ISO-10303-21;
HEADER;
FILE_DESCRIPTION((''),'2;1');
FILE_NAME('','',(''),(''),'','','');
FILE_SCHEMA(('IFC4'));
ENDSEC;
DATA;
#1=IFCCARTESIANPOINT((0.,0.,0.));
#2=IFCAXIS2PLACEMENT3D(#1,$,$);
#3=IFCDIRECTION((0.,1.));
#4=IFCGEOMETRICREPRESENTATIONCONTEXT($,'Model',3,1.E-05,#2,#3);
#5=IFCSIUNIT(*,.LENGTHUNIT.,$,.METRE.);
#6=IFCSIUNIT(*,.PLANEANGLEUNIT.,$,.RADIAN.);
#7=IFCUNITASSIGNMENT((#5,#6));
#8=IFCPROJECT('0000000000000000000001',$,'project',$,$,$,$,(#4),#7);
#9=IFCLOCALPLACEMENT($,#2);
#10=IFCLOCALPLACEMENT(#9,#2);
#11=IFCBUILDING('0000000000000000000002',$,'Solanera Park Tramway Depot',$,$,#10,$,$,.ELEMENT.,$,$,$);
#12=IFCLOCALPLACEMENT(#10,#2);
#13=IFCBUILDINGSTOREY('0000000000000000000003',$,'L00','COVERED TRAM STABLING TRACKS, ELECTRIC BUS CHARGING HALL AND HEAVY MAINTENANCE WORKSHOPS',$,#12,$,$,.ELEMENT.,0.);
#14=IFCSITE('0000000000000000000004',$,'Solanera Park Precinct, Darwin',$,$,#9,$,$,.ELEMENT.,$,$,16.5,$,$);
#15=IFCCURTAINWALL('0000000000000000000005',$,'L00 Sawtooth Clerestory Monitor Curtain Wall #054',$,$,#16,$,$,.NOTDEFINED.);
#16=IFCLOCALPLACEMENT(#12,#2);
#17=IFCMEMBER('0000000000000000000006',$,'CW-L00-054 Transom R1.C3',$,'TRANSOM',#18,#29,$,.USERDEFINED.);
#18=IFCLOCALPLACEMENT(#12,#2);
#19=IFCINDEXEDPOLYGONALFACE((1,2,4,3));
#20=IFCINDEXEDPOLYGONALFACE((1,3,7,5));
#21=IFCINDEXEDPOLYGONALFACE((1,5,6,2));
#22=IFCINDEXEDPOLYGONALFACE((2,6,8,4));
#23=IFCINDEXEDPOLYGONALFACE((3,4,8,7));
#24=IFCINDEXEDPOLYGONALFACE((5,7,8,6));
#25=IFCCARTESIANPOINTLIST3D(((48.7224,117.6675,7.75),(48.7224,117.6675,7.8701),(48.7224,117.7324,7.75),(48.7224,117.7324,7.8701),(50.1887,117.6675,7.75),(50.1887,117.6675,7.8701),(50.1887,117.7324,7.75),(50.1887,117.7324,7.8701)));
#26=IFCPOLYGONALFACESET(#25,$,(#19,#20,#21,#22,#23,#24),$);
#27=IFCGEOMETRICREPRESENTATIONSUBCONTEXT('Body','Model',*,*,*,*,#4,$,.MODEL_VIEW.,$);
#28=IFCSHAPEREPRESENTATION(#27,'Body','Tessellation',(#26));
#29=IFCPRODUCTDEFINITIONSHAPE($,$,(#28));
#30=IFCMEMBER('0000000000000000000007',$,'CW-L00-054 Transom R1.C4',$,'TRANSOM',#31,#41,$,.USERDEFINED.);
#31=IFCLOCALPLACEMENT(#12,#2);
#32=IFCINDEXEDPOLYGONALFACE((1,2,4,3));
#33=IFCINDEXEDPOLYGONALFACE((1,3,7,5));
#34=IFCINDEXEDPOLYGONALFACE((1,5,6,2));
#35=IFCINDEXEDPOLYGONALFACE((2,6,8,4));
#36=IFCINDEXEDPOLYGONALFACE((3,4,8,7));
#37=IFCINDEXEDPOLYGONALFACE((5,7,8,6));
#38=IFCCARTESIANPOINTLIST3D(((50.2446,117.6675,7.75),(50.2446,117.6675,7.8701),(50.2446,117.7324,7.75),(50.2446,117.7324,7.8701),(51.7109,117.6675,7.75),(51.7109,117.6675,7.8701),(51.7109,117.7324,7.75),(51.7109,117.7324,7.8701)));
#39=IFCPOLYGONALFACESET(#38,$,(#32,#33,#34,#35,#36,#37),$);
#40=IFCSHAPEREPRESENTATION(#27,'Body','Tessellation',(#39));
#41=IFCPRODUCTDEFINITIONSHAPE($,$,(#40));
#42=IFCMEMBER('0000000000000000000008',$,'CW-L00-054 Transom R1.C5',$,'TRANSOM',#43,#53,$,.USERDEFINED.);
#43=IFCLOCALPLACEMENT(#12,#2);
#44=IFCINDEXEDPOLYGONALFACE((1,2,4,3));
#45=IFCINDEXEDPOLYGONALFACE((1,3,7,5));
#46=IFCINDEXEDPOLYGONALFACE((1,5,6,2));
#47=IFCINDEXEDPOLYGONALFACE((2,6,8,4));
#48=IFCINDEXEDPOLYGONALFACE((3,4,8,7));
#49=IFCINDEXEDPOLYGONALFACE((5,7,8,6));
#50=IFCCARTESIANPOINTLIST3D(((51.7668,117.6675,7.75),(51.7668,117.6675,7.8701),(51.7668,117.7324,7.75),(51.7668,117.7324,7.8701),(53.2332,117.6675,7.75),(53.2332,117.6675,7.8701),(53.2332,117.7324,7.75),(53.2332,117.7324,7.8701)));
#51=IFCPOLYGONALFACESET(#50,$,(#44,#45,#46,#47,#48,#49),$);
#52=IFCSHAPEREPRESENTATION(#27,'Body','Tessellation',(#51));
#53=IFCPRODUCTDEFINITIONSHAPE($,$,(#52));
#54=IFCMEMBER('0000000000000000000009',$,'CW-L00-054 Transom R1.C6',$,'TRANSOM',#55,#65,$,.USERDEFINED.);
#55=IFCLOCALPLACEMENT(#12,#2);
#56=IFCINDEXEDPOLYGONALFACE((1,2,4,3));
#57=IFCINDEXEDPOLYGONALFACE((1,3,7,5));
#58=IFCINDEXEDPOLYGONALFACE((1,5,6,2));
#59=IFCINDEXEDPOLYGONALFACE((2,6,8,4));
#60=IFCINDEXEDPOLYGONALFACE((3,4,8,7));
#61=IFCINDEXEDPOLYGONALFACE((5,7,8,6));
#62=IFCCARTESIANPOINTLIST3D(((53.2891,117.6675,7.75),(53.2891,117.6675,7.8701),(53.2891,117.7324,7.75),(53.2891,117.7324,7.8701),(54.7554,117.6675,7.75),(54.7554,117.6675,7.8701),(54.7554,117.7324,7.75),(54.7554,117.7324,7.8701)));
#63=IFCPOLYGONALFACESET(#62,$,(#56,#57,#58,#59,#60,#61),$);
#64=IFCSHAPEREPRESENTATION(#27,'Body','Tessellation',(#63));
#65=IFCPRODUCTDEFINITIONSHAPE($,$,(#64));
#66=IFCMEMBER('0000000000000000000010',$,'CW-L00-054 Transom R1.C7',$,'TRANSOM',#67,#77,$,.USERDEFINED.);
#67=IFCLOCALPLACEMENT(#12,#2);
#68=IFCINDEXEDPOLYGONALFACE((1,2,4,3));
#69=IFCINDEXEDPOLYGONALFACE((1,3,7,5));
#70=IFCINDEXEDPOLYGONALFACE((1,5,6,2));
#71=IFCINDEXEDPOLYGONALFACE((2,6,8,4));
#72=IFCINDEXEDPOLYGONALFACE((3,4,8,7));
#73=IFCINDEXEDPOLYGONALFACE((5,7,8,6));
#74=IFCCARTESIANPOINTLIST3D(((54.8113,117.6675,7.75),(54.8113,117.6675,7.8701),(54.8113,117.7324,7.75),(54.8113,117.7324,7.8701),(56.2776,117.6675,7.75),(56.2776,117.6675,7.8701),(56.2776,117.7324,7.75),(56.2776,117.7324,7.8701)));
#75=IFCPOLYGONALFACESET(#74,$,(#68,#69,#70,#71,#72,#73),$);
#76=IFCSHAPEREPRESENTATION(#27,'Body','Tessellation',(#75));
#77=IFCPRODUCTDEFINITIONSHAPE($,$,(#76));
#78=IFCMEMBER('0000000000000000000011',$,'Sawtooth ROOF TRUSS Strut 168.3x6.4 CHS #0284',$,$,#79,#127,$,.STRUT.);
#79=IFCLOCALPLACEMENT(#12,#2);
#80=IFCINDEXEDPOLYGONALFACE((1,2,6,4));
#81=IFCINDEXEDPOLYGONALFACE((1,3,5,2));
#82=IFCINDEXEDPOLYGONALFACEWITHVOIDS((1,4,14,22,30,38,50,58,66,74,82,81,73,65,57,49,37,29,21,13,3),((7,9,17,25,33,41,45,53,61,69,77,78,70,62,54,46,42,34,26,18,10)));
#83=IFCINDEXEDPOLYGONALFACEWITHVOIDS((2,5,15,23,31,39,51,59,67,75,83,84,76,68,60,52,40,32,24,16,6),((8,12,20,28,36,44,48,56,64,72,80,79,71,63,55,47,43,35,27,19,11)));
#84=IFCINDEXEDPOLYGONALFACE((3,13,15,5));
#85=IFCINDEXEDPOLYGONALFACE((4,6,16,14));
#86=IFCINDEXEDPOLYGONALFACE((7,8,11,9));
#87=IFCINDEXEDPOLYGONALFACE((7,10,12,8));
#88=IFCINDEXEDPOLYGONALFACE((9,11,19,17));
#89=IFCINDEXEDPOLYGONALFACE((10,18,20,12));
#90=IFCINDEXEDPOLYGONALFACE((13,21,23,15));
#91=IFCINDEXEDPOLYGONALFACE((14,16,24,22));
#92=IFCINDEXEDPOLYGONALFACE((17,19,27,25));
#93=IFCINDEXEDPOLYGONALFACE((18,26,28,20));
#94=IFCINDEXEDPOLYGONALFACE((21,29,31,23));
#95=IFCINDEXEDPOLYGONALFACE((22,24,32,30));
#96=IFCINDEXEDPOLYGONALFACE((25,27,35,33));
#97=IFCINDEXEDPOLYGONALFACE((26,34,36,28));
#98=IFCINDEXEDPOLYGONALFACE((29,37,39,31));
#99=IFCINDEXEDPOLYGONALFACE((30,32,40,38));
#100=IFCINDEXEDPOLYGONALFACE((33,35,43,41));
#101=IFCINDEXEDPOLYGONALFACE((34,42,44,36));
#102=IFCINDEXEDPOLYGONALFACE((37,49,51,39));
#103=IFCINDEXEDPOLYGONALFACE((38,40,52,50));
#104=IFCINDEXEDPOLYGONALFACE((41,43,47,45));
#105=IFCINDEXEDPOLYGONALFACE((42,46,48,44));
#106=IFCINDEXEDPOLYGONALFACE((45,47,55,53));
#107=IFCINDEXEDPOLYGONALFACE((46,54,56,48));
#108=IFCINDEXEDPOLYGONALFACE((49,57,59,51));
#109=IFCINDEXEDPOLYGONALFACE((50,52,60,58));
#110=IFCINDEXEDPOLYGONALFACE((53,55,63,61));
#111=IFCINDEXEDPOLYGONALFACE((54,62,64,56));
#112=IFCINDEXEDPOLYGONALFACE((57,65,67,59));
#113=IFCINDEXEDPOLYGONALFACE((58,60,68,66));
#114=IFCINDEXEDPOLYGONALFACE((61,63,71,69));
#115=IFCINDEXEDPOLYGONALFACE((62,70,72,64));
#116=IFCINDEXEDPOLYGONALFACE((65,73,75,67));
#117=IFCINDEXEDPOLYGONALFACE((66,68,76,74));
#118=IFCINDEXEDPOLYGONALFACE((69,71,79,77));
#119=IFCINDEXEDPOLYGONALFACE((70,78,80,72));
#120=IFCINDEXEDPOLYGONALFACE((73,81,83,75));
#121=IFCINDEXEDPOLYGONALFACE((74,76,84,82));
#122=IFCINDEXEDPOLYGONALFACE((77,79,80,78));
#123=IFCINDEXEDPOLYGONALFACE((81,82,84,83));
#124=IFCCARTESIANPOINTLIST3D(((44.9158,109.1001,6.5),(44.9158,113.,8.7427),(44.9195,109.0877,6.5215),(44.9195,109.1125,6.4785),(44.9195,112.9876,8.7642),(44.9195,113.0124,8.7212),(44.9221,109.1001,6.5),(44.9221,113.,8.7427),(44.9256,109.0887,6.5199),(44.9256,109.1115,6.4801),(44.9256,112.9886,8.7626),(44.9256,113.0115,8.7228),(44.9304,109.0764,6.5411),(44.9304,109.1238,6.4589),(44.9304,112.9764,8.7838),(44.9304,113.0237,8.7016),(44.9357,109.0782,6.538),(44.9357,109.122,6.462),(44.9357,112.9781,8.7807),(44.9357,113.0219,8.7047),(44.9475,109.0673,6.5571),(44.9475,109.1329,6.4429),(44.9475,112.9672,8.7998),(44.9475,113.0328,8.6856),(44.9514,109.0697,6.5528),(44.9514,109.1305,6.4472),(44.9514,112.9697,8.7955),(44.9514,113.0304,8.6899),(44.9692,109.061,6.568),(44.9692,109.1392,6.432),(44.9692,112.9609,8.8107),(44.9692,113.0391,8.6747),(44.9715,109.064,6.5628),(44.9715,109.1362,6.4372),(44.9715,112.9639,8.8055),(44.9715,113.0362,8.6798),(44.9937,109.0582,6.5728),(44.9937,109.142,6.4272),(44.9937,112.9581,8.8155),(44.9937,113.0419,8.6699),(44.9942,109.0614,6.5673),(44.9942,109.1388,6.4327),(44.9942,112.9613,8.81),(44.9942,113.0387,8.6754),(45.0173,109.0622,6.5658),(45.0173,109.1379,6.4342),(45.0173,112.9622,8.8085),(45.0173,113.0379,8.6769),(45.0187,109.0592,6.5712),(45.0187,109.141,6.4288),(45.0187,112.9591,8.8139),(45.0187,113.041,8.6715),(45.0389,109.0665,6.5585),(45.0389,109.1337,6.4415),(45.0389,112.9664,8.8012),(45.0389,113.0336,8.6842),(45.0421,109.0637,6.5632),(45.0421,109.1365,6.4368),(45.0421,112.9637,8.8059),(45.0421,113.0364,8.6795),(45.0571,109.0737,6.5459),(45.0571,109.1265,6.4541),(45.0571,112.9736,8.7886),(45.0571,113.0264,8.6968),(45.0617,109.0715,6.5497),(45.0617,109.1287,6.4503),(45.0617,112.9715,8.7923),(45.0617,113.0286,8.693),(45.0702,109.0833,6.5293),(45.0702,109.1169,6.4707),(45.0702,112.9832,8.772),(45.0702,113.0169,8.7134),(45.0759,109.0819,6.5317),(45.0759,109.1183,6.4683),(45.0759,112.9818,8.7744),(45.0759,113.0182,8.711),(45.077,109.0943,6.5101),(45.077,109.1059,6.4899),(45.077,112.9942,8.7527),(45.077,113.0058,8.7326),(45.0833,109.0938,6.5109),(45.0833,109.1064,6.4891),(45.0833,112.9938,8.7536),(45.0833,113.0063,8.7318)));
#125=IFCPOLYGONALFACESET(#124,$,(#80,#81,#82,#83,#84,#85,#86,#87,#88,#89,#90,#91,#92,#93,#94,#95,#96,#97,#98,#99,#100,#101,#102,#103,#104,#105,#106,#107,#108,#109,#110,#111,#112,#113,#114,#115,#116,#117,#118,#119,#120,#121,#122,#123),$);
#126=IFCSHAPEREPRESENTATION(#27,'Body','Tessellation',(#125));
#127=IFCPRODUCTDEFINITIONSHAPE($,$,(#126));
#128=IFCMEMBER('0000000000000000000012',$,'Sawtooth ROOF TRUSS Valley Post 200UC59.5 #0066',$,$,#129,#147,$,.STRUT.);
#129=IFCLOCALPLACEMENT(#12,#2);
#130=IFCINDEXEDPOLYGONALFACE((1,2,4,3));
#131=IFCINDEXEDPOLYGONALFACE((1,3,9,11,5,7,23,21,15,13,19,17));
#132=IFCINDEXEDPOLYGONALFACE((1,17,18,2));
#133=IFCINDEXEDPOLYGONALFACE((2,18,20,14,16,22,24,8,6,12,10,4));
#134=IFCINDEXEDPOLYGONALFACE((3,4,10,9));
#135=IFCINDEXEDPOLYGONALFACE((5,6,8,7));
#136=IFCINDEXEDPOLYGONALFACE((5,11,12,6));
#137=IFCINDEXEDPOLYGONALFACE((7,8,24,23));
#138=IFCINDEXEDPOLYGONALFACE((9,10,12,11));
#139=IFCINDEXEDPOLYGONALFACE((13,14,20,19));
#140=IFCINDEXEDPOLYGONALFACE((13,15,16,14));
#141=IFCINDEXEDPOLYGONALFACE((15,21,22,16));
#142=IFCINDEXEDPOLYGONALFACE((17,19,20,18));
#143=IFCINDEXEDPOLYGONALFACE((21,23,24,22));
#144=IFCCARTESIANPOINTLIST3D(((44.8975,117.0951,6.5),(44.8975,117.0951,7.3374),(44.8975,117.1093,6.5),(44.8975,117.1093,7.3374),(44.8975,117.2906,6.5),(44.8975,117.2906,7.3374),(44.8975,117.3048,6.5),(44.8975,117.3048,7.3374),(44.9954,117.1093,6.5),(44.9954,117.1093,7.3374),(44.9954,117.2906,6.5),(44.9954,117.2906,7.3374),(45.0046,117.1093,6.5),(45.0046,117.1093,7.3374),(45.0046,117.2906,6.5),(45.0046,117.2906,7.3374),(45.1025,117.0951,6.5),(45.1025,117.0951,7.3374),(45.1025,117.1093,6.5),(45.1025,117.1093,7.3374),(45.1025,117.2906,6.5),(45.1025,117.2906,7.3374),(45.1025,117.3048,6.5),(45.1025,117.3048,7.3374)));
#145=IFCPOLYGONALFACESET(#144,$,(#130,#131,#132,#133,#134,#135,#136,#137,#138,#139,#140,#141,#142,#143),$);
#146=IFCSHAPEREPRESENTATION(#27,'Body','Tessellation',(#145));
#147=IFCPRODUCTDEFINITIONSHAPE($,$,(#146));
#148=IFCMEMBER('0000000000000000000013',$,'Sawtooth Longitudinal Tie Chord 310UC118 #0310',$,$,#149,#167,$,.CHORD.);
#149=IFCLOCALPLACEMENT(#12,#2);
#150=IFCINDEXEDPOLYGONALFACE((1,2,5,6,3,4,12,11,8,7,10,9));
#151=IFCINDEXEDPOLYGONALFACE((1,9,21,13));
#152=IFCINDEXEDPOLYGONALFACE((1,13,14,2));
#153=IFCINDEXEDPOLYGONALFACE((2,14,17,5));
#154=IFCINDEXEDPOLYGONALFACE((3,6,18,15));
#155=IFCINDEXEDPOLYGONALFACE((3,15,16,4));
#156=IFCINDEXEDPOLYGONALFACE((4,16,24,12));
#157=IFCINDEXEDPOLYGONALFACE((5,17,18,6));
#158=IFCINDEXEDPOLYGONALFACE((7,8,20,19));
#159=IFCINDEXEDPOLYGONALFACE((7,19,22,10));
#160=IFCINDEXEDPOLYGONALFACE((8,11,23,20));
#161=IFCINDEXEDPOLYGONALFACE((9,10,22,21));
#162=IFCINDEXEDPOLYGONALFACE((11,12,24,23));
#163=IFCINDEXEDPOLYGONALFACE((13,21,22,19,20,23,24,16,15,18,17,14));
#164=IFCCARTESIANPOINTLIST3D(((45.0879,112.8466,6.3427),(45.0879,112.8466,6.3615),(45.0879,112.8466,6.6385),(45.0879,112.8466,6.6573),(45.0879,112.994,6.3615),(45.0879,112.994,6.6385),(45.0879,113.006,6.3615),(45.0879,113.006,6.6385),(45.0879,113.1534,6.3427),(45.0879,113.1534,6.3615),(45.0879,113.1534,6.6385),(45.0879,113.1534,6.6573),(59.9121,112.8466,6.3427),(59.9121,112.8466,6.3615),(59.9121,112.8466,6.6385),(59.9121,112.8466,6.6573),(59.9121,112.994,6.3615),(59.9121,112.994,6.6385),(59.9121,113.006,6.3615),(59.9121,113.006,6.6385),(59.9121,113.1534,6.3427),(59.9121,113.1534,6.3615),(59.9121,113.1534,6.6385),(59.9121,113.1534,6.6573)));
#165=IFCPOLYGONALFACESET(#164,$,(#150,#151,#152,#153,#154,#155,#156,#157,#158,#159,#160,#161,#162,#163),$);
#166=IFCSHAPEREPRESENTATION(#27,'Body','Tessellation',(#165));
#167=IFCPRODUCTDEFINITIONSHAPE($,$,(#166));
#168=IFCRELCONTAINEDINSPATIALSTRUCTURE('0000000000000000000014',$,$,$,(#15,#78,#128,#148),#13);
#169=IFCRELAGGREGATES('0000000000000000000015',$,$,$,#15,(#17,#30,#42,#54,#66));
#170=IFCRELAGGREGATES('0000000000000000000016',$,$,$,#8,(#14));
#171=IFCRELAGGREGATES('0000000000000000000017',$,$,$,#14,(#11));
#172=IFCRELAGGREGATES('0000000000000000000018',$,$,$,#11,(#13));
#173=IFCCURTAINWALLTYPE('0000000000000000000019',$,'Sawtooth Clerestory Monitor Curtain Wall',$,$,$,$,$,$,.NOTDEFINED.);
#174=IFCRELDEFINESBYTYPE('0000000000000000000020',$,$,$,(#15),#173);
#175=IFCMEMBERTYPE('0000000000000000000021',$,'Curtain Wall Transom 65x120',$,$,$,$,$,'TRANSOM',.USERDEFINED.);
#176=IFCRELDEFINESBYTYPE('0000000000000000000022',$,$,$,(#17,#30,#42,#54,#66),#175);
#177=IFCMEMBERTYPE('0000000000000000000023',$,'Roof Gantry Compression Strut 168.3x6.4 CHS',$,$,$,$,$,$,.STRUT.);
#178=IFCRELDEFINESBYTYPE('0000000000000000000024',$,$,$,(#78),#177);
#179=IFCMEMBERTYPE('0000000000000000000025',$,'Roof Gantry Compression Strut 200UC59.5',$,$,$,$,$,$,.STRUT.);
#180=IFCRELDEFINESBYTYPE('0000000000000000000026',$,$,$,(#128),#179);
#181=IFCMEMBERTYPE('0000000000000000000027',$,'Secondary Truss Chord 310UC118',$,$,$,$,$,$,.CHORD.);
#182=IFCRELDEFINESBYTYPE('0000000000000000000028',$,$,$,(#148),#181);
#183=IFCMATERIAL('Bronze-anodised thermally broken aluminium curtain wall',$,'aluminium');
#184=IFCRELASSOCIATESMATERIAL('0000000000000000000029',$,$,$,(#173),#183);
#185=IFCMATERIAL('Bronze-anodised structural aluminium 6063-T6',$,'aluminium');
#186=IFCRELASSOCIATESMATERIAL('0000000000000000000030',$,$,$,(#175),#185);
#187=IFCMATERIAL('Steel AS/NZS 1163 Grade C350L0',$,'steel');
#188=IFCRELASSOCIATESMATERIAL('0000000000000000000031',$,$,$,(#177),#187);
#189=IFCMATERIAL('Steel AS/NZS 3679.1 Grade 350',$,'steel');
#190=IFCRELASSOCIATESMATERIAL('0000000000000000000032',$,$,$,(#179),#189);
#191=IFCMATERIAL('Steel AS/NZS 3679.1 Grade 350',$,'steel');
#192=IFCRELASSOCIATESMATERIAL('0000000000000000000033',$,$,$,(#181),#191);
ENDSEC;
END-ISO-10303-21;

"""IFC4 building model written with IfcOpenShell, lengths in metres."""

from ifc_helpers import new_model, si_unit, direction, frame, origin, origin_2d, place, context, subcontext, project, spatial, rectangle, hollow_circle, i_section, extrude, material, material_profile, profile_set, type_object, element, aggregate, save


model = new_model("IFC4")

# Units and contexts
model_context = context("Model", 3, precision=1e-05, world=origin(), true_north=direction((0.0, 1.0)))
body_context = subcontext(model_context, "Body", "Model", "MODEL_VIEW")
ifc_project = project(units=[si_unit("LENGTHUNIT", "METRE"), si_unit("PLANEANGLEUNIT", "RADIAN")], contexts=[model_context])

# Site, building, storey
site_placement = place(None, origin())
site = spatial("IfcSite", under=ifc_project, at=site_placement, Name="Solanera Park Precinct, Darwin", CompositionType="ELEMENT", RefElevation=16.5)
building_placement = place(site_placement, origin())
building = spatial("IfcBuilding", under=site, at=building_placement, Name="Solanera Park Tramway Depot", CompositionType="ELEMENT")
storey_placement = place(building_placement, origin())
storey = spatial("IfcBuildingStorey", under=building, at=storey_placement, Name="L00", Description="COVERED TRAM STABLING TRACKS, ELECTRIC BUS CHARGING HALL AND HEAVY MAINTENANCE WORKSHOPS", CompositionType="ELEMENT", Elevation=0.0)

# Curtain wall, members
ifc_material_1 = material(Name="Bronze-anodised thermally broken aluminium curtain wall", Category="aluminium")
curtain_wall_type = type_object("IfcCurtainWallType", Name="Sawtooth Clerestory Monitor Curtain Wall", PredefinedType="NOTDEFINED", material=ifc_material_1)
curtain_wall_placement = place(storey_placement, origin())
curtain_wall = element("IfcCurtainWall", 1, at=curtain_wall_placement, inside=storey, type_object=curtain_wall_type, Name="L00 Sawtooth Clerestory Monitor Curtain Wall #054", PredefinedType="NOTDEFINED")
ifc_material_2 = material(Name="Bronze-anodised structural aluminium 6063-T6", Category="aluminium")
ifc_material_profile_1 = material_profile(ifc_material_2, rectangle(XDim=0.0649, YDim=0.1201, at=origin_2d()), Name="Curtain Wall Transom 65x120")
ifc_profile_set_1 = profile_set([ifc_material_profile_1], Name="Bronze-anodised structural aluminium 6063-T6")
member_type_1 = type_object("IfcMemberType", Name="Curtain Wall Transom 65x120", ElementType="TRANSOM", PredefinedType="USERDEFINED", material=ifc_profile_set_1)
member_1_placement = place(storey_placement, frame((48.7224, 117.7, 7.8101), z_axis=(1.0, 0.0, 0.0), x_axis=(0.0, 1.0, 0.0)))
member_1 = element("IfcMember", 2, at=member_1_placement, type_object=member_type_1, Name="CW-L00-054 Transom R1.C3", ObjectType="TRANSOM", PredefinedType="USERDEFINED", context=body_context, shape_type="SweptSolid", body=[
    extrude(rectangle(XDim=0.0649, YDim=0.1201, at=origin_2d()), origin(), (0.0, 0.0, 1.0), 1.4663),
])
member_2_placement = place(storey_placement, frame((50.2446, 117.7, 7.8101), z_axis=(1.0, 0.0, 0.0), x_axis=(0.0, 1.0, 0.0)))
member_2 = element("IfcMember", 3, at=member_2_placement, type_object=member_type_1, Name="CW-L00-054 Transom R1.C4", ObjectType="TRANSOM", PredefinedType="USERDEFINED", context=body_context, shape_type="SweptSolid", body=[
    extrude(rectangle(XDim=0.0649, YDim=0.1201, at=origin_2d()), origin(), (0.0, 0.0, 1.0), 1.4663),
])
member_3_placement = place(storey_placement, frame((51.7668, 117.7, 7.8101), z_axis=(1.0, 0.0, 0.0), x_axis=(0.0, 1.0, 0.0)))
member_3 = element("IfcMember", 4, at=member_3_placement, type_object=member_type_1, Name="CW-L00-054 Transom R1.C5", ObjectType="TRANSOM", PredefinedType="USERDEFINED", context=body_context, shape_type="SweptSolid", body=[
    extrude(rectangle(XDim=0.0649, YDim=0.1201, at=origin_2d()), origin(), (0.0, 0.0, 1.0), 1.4663),
])
member_4_placement = place(storey_placement, frame((53.2891, 117.7, 7.8101), z_axis=(1.0, 0.0, 0.0), x_axis=(0.0, 1.0, 0.0)))
member_4 = element("IfcMember", 5, at=member_4_placement, type_object=member_type_1, Name="CW-L00-054 Transom R1.C6", ObjectType="TRANSOM", PredefinedType="USERDEFINED", context=body_context, shape_type="SweptSolid", body=[
    extrude(rectangle(XDim=0.0649, YDim=0.1201, at=origin_2d()), origin(), (0.0, 0.0, 1.0), 1.4663),
])
member_5_placement = place(storey_placement, frame((54.8113, 117.7, 7.8101), z_axis=(1.0, 0.0, 0.0), x_axis=(0.0, 1.0, 0.0)))
member_5 = element("IfcMember", 6, at=member_5_placement, type_object=member_type_1, Name="CW-L00-054 Transom R1.C7", ObjectType="TRANSOM", PredefinedType="USERDEFINED", context=body_context, shape_type="SweptSolid", body=[
    extrude(rectangle(XDim=0.0649, YDim=0.1201, at=origin_2d()), origin(), (0.0, 0.0, 1.0), 1.4663),
])

# Members
ifc_material_3 = material(Name="Steel AS/NZS 1163 Grade C350L0", Category="steel")
ifc_material_profile_2 = material_profile(ifc_material_3, hollow_circle(Radius=0.0842, WallThickness=0.0063, at=origin_2d()), Name="168.3x6.4 CHS")
ifc_profile_set_2 = profile_set([ifc_material_profile_2], Name="Steel AS/NZS 1163 Grade C350L0")
member_type_2 = type_object("IfcMemberType", Name="Roof Gantry Compression Strut 168.3x6.4 CHS", PredefinedType="STRUT", material=ifc_profile_set_2)
member_6_placement = place(storey_placement, frame((45.0, 109.1001, 6.5), z_axis=(0.0, 0.866884, 0.49851), x_axis=(-1.0, 0.0, 0.0)))
element("IfcMember", 7, at=member_6_placement, inside=storey, type_object=member_type_2, Name="Sawtooth ROOF TRUSS Strut 168.3x6.4 CHS #0284", PredefinedType="STRUT", context=body_context, shape_type="SweptSolid", body=[
    extrude(hollow_circle(Radius=0.0842, WallThickness=0.0063, at=origin_2d()), origin(), (0.0, 0.0, 1.0), 4.4988),
])
ifc_material_4 = material(Name="Steel AS/NZS 3679.1 Grade 350", Category="steel")
ifc_material_profile_3 = material_profile(ifc_material_4, i_section(OverallWidth=0.2051, OverallDepth=0.2097, WebThickness=0.0093, FlangeThickness=0.0142, at=origin_2d()), Name="200UC59.5")
ifc_profile_set_3 = profile_set([ifc_material_profile_3], Name="Steel AS/NZS 3679.1 Grade 350")
member_type_3 = type_object("IfcMemberType", Name="Roof Gantry Compression Strut 200UC59.5", PredefinedType="STRUT", material=ifc_profile_set_3)
member_7_placement = place(storey_placement, frame((45.0, 117.2, 6.5), z_axis=(0.0, 0.0, 1.0), x_axis=(1.0, 0.0, 0.0)))
element("IfcMember", 8, at=member_7_placement, inside=storey, type_object=member_type_3, Name="Sawtooth ROOF TRUSS Valley Post 200UC59.5 #0066", PredefinedType="STRUT", context=body_context, shape_type="SweptSolid", body=[
    extrude(i_section(OverallWidth=0.2051, OverallDepth=0.2097, WebThickness=0.0093, FlangeThickness=0.0142, at=origin_2d()), origin(), (0.0, 0.0, 1.0), 0.8374),
])
ifc_material_5 = material(Name="Steel AS/NZS 3679.1 Grade 350", Category="steel")
ifc_material_profile_4 = material_profile(ifc_material_5, i_section(OverallWidth=0.3069, OverallDepth=0.3147, WebThickness=0.012, FlangeThickness=0.0188, at=origin_2d()), Name="310UC118")
ifc_profile_set_4 = profile_set([ifc_material_profile_4], Name="Steel AS/NZS 3679.1 Grade 350")
member_type_4 = type_object("IfcMemberType", Name="Secondary Truss Chord 310UC118", PredefinedType="CHORD", material=ifc_profile_set_4)
member_8_placement = place(storey_placement, frame((45.0879, 113.0, 6.5), z_axis=(1.0, 0.0, 0.0), x_axis=(0.0, 1.0, 0.0)))
element("IfcMember", 9, at=member_8_placement, inside=storey, type_object=member_type_4, Name="Sawtooth Longitudinal Tie Chord 310UC118 #0310", PredefinedType="CHORD", context=body_context, shape_type="SweptSolid", body=[
    extrude(i_section(OverallWidth=0.3069, OverallDepth=0.3147, WebThickness=0.012, FlangeThickness=0.0188, at=origin_2d()), origin(), (0.0, 0.0, 1.0), 14.8242),
])

aggregate(curtain_wall, [member_1, member_2, member_3, member_4, member_5])

save(model, "model.ifc")
